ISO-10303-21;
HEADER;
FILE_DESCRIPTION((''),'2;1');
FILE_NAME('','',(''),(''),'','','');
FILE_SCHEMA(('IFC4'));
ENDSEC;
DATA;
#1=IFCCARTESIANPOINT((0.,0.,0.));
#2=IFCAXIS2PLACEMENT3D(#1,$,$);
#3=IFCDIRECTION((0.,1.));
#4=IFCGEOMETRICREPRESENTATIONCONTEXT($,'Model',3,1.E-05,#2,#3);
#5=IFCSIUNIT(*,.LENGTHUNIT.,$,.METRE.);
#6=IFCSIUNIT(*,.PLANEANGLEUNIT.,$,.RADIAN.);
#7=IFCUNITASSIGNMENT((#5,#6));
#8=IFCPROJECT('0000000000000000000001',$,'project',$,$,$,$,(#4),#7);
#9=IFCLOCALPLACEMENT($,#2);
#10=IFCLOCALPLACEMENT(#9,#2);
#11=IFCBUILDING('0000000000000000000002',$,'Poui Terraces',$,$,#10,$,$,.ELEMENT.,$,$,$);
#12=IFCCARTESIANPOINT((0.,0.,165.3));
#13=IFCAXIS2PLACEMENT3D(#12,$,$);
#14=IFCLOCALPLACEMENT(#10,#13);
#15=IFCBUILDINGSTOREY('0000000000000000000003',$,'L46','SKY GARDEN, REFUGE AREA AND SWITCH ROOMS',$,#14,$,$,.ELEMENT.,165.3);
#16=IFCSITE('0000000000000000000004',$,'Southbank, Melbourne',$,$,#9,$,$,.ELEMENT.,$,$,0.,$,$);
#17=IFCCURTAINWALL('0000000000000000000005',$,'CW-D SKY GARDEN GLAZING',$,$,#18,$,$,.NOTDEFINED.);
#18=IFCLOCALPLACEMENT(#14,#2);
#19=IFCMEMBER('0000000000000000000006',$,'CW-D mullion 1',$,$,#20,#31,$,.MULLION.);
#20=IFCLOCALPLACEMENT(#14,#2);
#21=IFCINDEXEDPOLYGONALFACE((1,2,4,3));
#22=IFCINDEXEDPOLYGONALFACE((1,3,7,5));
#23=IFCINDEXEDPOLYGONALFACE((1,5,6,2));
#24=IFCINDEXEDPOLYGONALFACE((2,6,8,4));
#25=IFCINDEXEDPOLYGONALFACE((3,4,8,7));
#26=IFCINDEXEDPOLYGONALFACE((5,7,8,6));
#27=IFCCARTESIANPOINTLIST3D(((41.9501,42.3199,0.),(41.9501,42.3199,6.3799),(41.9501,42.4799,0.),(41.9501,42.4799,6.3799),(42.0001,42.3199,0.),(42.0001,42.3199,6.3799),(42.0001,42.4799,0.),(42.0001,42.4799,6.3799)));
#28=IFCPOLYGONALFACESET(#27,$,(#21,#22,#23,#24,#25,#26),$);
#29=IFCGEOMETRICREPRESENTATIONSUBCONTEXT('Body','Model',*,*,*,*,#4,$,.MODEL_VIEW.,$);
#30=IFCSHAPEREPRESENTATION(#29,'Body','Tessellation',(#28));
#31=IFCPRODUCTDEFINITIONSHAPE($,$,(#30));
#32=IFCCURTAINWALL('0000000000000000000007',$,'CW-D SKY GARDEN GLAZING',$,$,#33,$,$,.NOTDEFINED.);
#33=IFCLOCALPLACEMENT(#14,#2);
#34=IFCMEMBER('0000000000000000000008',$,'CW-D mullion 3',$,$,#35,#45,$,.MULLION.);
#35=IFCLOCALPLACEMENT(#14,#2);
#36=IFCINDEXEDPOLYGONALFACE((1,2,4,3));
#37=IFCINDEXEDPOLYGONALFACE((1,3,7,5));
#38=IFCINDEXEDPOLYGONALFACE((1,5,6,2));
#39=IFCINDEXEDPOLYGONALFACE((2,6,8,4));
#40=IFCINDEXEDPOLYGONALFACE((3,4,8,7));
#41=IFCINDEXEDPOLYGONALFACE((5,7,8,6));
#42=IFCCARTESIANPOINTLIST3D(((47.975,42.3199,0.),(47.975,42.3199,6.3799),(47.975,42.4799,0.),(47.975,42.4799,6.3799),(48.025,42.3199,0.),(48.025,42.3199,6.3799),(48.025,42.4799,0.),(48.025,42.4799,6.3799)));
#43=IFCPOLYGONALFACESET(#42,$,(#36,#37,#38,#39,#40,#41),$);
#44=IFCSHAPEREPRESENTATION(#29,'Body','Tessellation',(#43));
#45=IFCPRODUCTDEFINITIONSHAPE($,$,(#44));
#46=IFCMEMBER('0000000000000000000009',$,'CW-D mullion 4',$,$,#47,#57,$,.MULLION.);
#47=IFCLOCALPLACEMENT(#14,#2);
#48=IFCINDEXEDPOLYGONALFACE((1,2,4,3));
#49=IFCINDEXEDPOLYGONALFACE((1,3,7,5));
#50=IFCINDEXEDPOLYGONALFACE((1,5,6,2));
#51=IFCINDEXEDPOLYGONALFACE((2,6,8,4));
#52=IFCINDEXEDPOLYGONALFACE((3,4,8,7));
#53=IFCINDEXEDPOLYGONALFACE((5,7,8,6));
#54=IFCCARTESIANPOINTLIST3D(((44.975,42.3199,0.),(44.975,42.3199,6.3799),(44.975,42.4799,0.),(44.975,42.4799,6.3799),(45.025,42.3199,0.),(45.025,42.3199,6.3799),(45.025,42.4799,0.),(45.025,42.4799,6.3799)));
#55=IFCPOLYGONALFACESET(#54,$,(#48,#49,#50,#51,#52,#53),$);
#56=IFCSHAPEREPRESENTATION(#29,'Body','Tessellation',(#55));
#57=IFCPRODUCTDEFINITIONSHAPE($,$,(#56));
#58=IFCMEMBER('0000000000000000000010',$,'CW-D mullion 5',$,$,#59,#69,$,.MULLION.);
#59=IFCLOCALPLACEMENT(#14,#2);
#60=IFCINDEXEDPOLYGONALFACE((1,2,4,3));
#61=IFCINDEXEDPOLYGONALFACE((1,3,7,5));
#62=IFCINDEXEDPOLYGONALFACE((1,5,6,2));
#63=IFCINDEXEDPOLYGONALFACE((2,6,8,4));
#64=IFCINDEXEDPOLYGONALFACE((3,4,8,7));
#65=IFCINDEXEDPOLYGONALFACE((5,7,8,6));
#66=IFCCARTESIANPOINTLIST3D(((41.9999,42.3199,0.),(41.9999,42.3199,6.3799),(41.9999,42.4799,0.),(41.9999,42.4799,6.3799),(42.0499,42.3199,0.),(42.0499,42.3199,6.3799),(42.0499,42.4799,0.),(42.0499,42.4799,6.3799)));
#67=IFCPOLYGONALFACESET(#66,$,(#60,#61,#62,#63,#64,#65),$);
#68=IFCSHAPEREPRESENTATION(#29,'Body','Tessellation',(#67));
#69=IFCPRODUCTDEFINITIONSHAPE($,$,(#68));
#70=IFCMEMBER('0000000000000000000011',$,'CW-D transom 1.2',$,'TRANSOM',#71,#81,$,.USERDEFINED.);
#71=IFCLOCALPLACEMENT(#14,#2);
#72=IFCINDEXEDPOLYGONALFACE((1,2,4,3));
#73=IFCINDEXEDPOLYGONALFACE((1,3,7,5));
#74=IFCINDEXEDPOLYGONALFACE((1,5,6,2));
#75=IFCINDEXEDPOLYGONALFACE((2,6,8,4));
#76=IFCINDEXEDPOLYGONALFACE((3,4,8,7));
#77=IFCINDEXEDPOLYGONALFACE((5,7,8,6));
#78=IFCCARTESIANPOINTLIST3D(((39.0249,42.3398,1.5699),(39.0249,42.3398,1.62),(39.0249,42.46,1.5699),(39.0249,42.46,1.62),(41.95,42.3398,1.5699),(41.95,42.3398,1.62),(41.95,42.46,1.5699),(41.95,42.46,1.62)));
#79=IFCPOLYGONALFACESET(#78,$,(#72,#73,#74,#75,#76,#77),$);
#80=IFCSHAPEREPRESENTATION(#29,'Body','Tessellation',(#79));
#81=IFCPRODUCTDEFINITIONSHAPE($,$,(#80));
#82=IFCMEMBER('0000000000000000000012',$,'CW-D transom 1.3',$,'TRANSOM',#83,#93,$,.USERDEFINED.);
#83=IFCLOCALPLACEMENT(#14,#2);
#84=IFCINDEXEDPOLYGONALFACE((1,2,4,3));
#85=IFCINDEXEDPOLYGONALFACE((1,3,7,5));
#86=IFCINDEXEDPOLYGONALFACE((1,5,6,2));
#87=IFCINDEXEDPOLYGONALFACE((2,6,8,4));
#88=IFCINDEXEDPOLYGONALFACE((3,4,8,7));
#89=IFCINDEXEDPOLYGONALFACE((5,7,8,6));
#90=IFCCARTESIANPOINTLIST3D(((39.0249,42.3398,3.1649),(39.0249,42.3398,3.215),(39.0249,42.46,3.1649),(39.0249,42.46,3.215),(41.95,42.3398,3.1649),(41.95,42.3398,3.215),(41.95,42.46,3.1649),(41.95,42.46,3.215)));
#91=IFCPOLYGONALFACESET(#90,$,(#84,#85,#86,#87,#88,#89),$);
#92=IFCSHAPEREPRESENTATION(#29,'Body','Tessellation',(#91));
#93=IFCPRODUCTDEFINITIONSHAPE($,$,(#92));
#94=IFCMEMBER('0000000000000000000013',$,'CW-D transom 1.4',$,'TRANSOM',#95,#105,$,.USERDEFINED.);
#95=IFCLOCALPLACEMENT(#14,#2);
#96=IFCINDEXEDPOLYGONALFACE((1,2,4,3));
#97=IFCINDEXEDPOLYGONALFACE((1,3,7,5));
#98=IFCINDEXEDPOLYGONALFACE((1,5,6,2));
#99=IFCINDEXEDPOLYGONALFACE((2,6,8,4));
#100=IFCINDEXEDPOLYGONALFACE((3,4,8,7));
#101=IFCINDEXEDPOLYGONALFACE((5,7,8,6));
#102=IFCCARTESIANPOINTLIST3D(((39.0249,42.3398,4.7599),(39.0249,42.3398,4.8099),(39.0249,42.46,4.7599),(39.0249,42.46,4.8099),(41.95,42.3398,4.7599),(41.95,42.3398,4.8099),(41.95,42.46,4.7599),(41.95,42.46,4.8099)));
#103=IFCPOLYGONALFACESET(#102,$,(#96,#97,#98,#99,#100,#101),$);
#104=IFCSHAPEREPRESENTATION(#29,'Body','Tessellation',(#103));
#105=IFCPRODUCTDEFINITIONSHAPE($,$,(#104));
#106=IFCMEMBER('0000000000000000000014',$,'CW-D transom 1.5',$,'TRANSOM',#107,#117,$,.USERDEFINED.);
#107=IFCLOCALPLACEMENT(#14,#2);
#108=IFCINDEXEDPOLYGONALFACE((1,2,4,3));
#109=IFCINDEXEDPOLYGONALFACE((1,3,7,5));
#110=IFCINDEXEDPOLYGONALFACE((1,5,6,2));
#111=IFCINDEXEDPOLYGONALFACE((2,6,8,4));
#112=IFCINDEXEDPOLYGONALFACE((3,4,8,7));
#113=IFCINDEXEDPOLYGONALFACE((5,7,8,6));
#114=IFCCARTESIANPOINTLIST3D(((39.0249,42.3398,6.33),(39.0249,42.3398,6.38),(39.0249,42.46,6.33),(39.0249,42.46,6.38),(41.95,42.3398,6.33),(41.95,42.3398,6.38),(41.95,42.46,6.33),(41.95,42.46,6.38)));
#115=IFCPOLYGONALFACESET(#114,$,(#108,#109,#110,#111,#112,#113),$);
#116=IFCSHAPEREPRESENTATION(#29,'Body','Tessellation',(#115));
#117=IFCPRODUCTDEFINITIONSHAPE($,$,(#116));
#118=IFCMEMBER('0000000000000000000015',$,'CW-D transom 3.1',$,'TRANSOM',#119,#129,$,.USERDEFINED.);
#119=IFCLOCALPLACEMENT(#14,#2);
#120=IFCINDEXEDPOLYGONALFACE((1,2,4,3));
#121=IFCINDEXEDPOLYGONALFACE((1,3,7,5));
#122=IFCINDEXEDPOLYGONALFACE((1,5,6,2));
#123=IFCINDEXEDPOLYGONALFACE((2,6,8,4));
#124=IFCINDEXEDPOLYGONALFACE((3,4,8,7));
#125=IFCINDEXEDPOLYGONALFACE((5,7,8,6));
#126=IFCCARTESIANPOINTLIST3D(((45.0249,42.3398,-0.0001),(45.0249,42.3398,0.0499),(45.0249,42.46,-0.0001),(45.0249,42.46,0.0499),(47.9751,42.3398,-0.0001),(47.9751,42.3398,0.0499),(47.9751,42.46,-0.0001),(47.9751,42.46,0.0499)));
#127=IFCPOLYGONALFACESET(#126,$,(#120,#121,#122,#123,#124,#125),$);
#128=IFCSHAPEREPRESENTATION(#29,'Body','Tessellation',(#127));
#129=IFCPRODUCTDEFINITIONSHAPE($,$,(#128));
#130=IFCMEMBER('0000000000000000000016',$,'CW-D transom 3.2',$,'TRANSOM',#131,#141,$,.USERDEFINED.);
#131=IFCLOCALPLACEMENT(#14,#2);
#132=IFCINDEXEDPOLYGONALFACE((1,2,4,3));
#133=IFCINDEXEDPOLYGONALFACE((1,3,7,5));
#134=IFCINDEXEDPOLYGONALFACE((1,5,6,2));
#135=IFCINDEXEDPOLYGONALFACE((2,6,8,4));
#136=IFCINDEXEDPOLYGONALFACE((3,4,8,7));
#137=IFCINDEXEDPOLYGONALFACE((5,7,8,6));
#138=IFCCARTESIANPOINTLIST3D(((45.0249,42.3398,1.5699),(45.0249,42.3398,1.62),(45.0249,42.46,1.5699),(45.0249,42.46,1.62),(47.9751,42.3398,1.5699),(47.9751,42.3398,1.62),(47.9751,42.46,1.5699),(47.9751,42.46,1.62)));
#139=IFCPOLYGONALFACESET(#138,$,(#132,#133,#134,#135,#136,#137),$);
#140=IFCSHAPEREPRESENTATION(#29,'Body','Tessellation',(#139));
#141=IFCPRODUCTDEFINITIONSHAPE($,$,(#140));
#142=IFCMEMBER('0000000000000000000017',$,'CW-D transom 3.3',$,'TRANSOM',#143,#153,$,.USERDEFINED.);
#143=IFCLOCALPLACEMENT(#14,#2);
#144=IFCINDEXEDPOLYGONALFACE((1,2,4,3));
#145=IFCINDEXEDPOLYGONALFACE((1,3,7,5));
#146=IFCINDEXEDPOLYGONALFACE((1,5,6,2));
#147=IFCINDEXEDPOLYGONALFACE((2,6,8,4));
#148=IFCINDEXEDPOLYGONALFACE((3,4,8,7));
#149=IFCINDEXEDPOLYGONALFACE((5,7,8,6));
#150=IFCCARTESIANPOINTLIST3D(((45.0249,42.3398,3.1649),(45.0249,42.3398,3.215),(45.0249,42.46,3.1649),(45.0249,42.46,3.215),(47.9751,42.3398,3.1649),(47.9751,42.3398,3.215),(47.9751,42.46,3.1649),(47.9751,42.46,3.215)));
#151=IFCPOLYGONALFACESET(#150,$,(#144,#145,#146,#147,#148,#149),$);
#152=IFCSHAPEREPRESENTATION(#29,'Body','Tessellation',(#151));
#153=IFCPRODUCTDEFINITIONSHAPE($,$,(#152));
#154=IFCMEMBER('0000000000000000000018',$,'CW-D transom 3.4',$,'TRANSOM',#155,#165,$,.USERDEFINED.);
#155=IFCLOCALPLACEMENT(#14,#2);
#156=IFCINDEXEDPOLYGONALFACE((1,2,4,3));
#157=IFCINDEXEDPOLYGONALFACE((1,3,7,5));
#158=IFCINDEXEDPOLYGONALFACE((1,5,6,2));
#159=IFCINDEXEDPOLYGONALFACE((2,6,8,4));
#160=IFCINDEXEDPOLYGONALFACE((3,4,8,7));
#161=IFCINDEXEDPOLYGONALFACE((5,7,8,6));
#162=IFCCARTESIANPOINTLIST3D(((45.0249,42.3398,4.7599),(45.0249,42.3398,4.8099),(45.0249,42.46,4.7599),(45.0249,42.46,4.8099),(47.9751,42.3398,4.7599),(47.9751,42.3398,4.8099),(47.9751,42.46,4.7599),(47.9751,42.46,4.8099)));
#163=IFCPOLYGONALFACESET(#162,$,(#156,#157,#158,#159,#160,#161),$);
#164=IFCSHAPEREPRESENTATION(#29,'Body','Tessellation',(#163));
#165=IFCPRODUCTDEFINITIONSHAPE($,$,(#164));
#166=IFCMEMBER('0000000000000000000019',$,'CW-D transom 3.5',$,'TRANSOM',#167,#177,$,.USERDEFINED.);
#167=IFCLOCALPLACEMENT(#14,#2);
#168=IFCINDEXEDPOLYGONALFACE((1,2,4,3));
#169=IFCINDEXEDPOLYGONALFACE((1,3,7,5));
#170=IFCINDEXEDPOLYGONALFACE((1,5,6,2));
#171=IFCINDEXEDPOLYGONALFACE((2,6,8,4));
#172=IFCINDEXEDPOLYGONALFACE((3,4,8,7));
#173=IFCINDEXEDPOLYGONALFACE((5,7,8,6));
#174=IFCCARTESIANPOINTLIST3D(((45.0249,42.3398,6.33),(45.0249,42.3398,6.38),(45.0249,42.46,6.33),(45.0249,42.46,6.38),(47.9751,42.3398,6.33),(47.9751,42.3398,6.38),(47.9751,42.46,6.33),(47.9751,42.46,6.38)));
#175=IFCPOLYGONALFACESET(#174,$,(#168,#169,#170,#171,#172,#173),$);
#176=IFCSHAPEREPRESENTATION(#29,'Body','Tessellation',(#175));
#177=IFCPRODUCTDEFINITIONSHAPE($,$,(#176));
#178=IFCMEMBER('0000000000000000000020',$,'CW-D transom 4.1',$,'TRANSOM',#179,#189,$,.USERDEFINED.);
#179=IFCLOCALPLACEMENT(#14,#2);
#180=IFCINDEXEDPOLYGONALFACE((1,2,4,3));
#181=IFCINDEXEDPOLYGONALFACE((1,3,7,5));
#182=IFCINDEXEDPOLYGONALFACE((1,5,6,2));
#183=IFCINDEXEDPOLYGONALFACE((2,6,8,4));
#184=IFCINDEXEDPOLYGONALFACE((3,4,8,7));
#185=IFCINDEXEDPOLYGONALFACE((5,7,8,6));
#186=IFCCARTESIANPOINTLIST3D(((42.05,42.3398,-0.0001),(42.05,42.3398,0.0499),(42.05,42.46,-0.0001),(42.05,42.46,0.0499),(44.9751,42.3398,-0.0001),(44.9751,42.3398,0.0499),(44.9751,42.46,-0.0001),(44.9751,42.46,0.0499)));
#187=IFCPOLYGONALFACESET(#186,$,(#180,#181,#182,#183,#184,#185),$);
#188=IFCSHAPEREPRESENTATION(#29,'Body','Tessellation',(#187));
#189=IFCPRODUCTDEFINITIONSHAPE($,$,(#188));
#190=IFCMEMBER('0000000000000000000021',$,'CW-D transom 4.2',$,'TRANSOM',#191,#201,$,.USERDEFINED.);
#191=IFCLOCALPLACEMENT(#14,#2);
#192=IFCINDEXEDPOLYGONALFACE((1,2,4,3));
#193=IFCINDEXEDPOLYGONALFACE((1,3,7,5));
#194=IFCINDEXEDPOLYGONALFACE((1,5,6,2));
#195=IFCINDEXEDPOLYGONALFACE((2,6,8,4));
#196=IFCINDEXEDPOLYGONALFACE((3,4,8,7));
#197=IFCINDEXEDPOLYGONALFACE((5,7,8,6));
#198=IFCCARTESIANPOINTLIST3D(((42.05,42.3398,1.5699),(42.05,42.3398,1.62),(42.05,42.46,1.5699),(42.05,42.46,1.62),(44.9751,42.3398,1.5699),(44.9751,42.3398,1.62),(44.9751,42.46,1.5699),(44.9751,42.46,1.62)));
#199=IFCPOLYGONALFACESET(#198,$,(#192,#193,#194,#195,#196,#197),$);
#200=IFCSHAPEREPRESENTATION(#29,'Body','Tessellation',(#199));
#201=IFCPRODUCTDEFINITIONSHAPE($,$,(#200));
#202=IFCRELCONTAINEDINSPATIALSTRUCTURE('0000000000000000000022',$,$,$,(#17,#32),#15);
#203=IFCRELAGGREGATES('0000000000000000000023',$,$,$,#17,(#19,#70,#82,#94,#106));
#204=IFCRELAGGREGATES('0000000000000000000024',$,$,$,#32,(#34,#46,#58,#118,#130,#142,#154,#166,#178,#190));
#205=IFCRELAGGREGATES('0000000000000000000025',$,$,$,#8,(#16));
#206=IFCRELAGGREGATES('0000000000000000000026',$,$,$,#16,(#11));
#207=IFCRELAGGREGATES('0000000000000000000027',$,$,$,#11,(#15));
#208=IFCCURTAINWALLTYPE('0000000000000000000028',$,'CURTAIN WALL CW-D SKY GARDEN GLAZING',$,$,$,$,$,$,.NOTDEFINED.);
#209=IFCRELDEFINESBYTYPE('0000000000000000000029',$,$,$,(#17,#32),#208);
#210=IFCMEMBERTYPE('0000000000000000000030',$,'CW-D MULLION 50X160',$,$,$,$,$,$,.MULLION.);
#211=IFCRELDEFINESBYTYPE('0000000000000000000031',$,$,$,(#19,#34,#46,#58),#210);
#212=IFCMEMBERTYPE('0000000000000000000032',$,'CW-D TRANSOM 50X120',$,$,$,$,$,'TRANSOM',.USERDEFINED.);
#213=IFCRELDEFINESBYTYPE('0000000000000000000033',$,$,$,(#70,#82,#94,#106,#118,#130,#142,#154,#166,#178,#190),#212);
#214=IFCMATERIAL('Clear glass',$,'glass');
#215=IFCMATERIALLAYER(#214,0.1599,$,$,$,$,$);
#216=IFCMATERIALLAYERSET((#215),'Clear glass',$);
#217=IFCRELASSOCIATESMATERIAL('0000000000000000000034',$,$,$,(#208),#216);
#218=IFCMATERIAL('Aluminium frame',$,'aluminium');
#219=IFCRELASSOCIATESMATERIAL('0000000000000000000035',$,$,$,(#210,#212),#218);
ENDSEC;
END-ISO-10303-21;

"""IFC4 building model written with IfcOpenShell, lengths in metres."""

from ifc_helpers import new_model, si_unit, direction, frame, origin, origin_2d, place, context, subcontext, project, spatial, rectangle, extrude, material, layer, layer_set, material_profile, profile_set, type_object, element, aggregate, save


model = new_model("IFC4")

# Units and contexts
model_context = context("Model", 3, precision=1e-05, world=origin(), true_north=direction((0.0, 1.0)))
body_context = subcontext(model_context, "Body", "Model", "MODEL_VIEW")
ifc_project = project(units=[si_unit("LENGTHUNIT", "METRE"), si_unit("PLANEANGLEUNIT", "RADIAN")], contexts=[model_context])

# Site, building, storey
site_placement = place(None, origin())
site = spatial("IfcSite", under=ifc_project, at=site_placement, Name="Southbank, Melbourne", CompositionType="ELEMENT", RefElevation=0.0)
building_placement = place(site_placement, origin())
building = spatial("IfcBuilding", under=site, at=building_placement, Name="Poui Terraces", CompositionType="ELEMENT")
storey_placement = place(building_placement, frame((0.0, 0.0, 165.3)))
storey = spatial("IfcBuildingStorey", under=building, at=storey_placement, Name="L46", Description="SKY GARDEN, REFUGE AREA AND SWITCH ROOMS", CompositionType="ELEMENT", Elevation=165.3)

# Curtain wall, member
ifc_material_1 = material(Name="Clear glass", Category="glass")
ifc_layer_1 = layer(ifc_material_1, 0.1599)
ifc_layer_set_1 = layer_set([ifc_layer_1], Name="Clear glass")
curtain_wall_type = type_object("IfcCurtainWallType", Name="CURTAIN WALL CW-D SKY GARDEN GLAZING", PredefinedType="NOTDEFINED", material=ifc_layer_set_1)
curtain_wall_1_placement = place(storey_placement, origin())
curtain_wall_1 = element("IfcCurtainWall", 1, at=curtain_wall_1_placement, inside=storey, type_object=curtain_wall_type, Name="CW-D SKY GARDEN GLAZING", PredefinedType="NOTDEFINED")
ifc_material_2 = material(Name="Aluminium frame", Category="aluminium")
ifc_material_profile_1 = material_profile(ifc_material_2, rectangle(XDim=0.1599, YDim=0.05, at=origin_2d()), Name="CW-D MULLION 50X160")
ifc_profile_set_1 = profile_set([ifc_material_profile_1], Name="Aluminium frame")
member_type_1 = type_object("IfcMemberType", Name="CW-D MULLION 50X160", PredefinedType="MULLION", material=ifc_profile_set_1)
member_1_placement = place(storey_placement, frame((41.9751, 42.3999, 0.0), z_axis=(0.0, 0.0, 1.0), x_axis=(0.0, -1.0, 0.0)))
member_1 = element("IfcMember", 2, at=member_1_placement, type_object=member_type_1, Name="CW-D mullion 1", PredefinedType="MULLION", context=body_context, shape_type="SweptSolid", body=[
    extrude(rectangle(XDim=0.1599, YDim=0.05, at=origin_2d()), origin(), (0.0, 0.0, 1.0), 6.3799),
])

# Curtain wall, members
curtain_wall_2_placement = place(storey_placement, origin())
curtain_wall_2 = element("IfcCurtainWall", 3, at=curtain_wall_2_placement, inside=storey, type_object=curtain_wall_type, Name="CW-D SKY GARDEN GLAZING", PredefinedType="NOTDEFINED")
member_2_placement = place(storey_placement, frame((48.0, 42.3999, 0.0), z_axis=(0.0, 0.0, 1.0), x_axis=(0.0, -1.0, 0.0)))
member_2 = element("IfcMember", 4, at=member_2_placement, type_object=member_type_1, Name="CW-D mullion 3", PredefinedType="MULLION", context=body_context, shape_type="SweptSolid", body=[
    extrude(rectangle(XDim=0.1599, YDim=0.05, at=origin_2d()), origin(), (0.0, 0.0, 1.0), 6.3799),
])
member_3_placement = place(storey_placement, frame((45.0, 42.3999, 0.0), z_axis=(0.0, 0.0, 1.0), x_axis=(0.0, -1.0, 0.0)))
member_3 = element("IfcMember", 5, at=member_3_placement, type_object=member_type_1, Name="CW-D mullion 4", PredefinedType="MULLION", context=body_context, shape_type="SweptSolid", body=[
    extrude(rectangle(XDim=0.1599, YDim=0.05, at=origin_2d()), origin(), (0.0, 0.0, 1.0), 6.3799),
])
member_4_placement = place(storey_placement, frame((42.0249, 42.3999, 0.0), z_axis=(0.0, 0.0, 1.0), x_axis=(0.0, -1.0, 0.0)))
member_4 = element("IfcMember", 6, at=member_4_placement, type_object=member_type_1, Name="CW-D mullion 5", PredefinedType="MULLION", context=body_context, shape_type="SweptSolid", body=[
    extrude(rectangle(XDim=0.1599, YDim=0.05, at=origin_2d()), origin(), (0.0, 0.0, 1.0), 6.3799),
])

# Members
ifc_material_profile_2 = material_profile(ifc_material_2, rectangle(XDim=0.1201, YDim=0.05, at=origin_2d()), Name="CW-D TRANSOM 50X120")
ifc_profile_set_2 = profile_set([ifc_material_profile_2], Name="Aluminium frame")
member_type_2 = type_object("IfcMemberType", Name="CW-D TRANSOM 50X120", ElementType="TRANSOM", PredefinedType="USERDEFINED", material=ifc_profile_set_2)
member_5_placement = place(storey_placement, frame((41.95, 42.3999, 1.595), z_axis=(-1.0, 0.0, 0.0), x_axis=(0.0, -1.0, 0.0)))
member_5 = element("IfcMember", 7, at=member_5_placement, type_object=member_type_2, Name="CW-D transom 1.2", ObjectType="TRANSOM", PredefinedType="USERDEFINED", context=body_context, shape_type="SweptSolid", body=[
    extrude(rectangle(XDim=0.1201, YDim=0.05, at=origin_2d()), origin(), (0.0, 0.0, 1.0), 2.925),
])
member_6_placement = place(storey_placement, frame((41.95, 42.3999, 3.1899), z_axis=(-1.0, 0.0, 0.0), x_axis=(0.0, -1.0, 0.0)))
member_6 = element("IfcMember", 8, at=member_6_placement, type_object=member_type_2, Name="CW-D transom 1.3", ObjectType="TRANSOM", PredefinedType="USERDEFINED", context=body_context, shape_type="SweptSolid", body=[
    extrude(rectangle(XDim=0.1201, YDim=0.05, at=origin_2d()), origin(), (0.0, 0.0, 1.0), 2.925),
])
member_7_placement = place(storey_placement, frame((41.95, 42.3999, 4.7849), z_axis=(-1.0, 0.0, 0.0), x_axis=(0.0, -1.0, 0.0)))
member_7 = element("IfcMember", 9, at=member_7_placement, type_object=member_type_2, Name="CW-D transom 1.4", ObjectType="TRANSOM", PredefinedType="USERDEFINED", context=body_context, shape_type="SweptSolid", body=[
    extrude(rectangle(XDim=0.1201, YDim=0.05, at=origin_2d()), origin(), (0.0, 0.0, 1.0), 2.925),
])
member_8_placement = place(storey_placement, frame((41.95, 42.3999, 6.355), z_axis=(-1.0, 0.0, 0.0), x_axis=(0.0, -1.0, 0.0)))
member_8 = element("IfcMember", 10, at=member_8_placement, type_object=member_type_2, Name="CW-D transom 1.5", ObjectType="TRANSOM", PredefinedType="USERDEFINED", context=body_context, shape_type="SweptSolid", body=[
    extrude(rectangle(XDim=0.1201, YDim=0.05, at=origin_2d()), origin(), (0.0, 0.0, 1.0), 2.925),
])
aggregate(curtain_wall_1, [member_1, member_5, member_6, member_7, member_8])
member_9_placement = place(storey_placement, frame((47.9751, 42.3999, 0.0249), z_axis=(-1.0, 0.0, 0.0), x_axis=(0.0, -1.0, 0.0)))
member_9 = element("IfcMember", 11, at=member_9_placement, type_object=member_type_2, Name="CW-D transom 3.1", ObjectType="TRANSOM", PredefinedType="USERDEFINED", context=body_context, shape_type="SweptSolid", body=[
    extrude(rectangle(XDim=0.1201, YDim=0.05, at=origin_2d()), origin(), (0.0, 0.0, 1.0), 2.9502),
])
member_10_placement = place(storey_placement, frame((47.9751, 42.3999, 1.595), z_axis=(-1.0, 0.0, 0.0), x_axis=(0.0, -1.0, 0.0)))
member_10 = element("IfcMember", 12, at=member_10_placement, type_object=member_type_2, Name="CW-D transom 3.2", ObjectType="TRANSOM", PredefinedType="USERDEFINED", context=body_context, shape_type="SweptSolid", body=[
    extrude(rectangle(XDim=0.1201, YDim=0.05, at=origin_2d()), origin(), (0.0, 0.0, 1.0), 2.9502),
])
member_11_placement = place(storey_placement, frame((47.9751, 42.3999, 3.1899), z_axis=(-1.0, 0.0, 0.0), x_axis=(0.0, -1.0, 0.0)))
member_11 = element("IfcMember", 13, at=member_11_placement, type_object=member_type_2, Name="CW-D transom 3.3", ObjectType="TRANSOM", PredefinedType="USERDEFINED", context=body_context, shape_type="SweptSolid", body=[
    extrude(rectangle(XDim=0.1201, YDim=0.05, at=origin_2d()), origin(), (0.0, 0.0, 1.0), 2.9502),
])
member_12_placement = place(storey_placement, frame((47.9751, 42.3999, 4.7849), z_axis=(-1.0, 0.0, 0.0), x_axis=(0.0, -1.0, 0.0)))
member_12 = element("IfcMember", 14, at=member_12_placement, type_object=member_type_2, Name="CW-D transom 3.4", ObjectType="TRANSOM", PredefinedType="USERDEFINED", context=body_context, shape_type="SweptSolid", body=[
    extrude(rectangle(XDim=0.1201, YDim=0.05, at=origin_2d()), origin(), (0.0, 0.0, 1.0), 2.9502),
])
member_13_placement = place(storey_placement, frame((47.9751, 42.3999, 6.355), z_axis=(-1.0, 0.0, 0.0), x_axis=(0.0, -1.0, 0.0)))
member_13 = element("IfcMember", 15, at=member_13_placement, type_object=member_type_2, Name="CW-D transom 3.5", ObjectType="TRANSOM", PredefinedType="USERDEFINED", context=body_context, shape_type="SweptSolid", body=[
    extrude(rectangle(XDim=0.1201, YDim=0.05, at=origin_2d()), origin(), (0.0, 0.0, 1.0), 2.9502),
])
member_14_placement = place(storey_placement, frame((44.9751, 42.3999, 0.0249), z_axis=(-1.0, 0.0, 0.0), x_axis=(0.0, -1.0, 0.0)))
member_14 = element("IfcMember", 16, at=member_14_placement, type_object=member_type_2, Name="CW-D transom 4.1", ObjectType="TRANSOM", PredefinedType="USERDEFINED", context=body_context, shape_type="SweptSolid", body=[
    extrude(rectangle(XDim=0.1201, YDim=0.05, at=origin_2d()), origin(), (0.0, 0.0, 1.0), 2.925),
])
member_15_placement = place(storey_placement, frame((44.9751, 42.3999, 1.595), z_axis=(-1.0, 0.0, 0.0), x_axis=(0.0, -1.0, 0.0)))
member_15 = element("IfcMember", 17, at=member_15_placement, type_object=member_type_2, Name="CW-D transom 4.2", ObjectType="TRANSOM", PredefinedType="USERDEFINED", context=body_context, shape_type="SweptSolid", body=[
    extrude(rectangle(XDim=0.1201, YDim=0.05, at=origin_2d()), origin(), (0.0, 0.0, 1.0), 2.925),
])

aggregate(curtain_wall_2, [member_2, member_3, member_4, member_9, member_10, member_11, member_12, member_13, member_14, member_15])

save(model, "model.ifc")
